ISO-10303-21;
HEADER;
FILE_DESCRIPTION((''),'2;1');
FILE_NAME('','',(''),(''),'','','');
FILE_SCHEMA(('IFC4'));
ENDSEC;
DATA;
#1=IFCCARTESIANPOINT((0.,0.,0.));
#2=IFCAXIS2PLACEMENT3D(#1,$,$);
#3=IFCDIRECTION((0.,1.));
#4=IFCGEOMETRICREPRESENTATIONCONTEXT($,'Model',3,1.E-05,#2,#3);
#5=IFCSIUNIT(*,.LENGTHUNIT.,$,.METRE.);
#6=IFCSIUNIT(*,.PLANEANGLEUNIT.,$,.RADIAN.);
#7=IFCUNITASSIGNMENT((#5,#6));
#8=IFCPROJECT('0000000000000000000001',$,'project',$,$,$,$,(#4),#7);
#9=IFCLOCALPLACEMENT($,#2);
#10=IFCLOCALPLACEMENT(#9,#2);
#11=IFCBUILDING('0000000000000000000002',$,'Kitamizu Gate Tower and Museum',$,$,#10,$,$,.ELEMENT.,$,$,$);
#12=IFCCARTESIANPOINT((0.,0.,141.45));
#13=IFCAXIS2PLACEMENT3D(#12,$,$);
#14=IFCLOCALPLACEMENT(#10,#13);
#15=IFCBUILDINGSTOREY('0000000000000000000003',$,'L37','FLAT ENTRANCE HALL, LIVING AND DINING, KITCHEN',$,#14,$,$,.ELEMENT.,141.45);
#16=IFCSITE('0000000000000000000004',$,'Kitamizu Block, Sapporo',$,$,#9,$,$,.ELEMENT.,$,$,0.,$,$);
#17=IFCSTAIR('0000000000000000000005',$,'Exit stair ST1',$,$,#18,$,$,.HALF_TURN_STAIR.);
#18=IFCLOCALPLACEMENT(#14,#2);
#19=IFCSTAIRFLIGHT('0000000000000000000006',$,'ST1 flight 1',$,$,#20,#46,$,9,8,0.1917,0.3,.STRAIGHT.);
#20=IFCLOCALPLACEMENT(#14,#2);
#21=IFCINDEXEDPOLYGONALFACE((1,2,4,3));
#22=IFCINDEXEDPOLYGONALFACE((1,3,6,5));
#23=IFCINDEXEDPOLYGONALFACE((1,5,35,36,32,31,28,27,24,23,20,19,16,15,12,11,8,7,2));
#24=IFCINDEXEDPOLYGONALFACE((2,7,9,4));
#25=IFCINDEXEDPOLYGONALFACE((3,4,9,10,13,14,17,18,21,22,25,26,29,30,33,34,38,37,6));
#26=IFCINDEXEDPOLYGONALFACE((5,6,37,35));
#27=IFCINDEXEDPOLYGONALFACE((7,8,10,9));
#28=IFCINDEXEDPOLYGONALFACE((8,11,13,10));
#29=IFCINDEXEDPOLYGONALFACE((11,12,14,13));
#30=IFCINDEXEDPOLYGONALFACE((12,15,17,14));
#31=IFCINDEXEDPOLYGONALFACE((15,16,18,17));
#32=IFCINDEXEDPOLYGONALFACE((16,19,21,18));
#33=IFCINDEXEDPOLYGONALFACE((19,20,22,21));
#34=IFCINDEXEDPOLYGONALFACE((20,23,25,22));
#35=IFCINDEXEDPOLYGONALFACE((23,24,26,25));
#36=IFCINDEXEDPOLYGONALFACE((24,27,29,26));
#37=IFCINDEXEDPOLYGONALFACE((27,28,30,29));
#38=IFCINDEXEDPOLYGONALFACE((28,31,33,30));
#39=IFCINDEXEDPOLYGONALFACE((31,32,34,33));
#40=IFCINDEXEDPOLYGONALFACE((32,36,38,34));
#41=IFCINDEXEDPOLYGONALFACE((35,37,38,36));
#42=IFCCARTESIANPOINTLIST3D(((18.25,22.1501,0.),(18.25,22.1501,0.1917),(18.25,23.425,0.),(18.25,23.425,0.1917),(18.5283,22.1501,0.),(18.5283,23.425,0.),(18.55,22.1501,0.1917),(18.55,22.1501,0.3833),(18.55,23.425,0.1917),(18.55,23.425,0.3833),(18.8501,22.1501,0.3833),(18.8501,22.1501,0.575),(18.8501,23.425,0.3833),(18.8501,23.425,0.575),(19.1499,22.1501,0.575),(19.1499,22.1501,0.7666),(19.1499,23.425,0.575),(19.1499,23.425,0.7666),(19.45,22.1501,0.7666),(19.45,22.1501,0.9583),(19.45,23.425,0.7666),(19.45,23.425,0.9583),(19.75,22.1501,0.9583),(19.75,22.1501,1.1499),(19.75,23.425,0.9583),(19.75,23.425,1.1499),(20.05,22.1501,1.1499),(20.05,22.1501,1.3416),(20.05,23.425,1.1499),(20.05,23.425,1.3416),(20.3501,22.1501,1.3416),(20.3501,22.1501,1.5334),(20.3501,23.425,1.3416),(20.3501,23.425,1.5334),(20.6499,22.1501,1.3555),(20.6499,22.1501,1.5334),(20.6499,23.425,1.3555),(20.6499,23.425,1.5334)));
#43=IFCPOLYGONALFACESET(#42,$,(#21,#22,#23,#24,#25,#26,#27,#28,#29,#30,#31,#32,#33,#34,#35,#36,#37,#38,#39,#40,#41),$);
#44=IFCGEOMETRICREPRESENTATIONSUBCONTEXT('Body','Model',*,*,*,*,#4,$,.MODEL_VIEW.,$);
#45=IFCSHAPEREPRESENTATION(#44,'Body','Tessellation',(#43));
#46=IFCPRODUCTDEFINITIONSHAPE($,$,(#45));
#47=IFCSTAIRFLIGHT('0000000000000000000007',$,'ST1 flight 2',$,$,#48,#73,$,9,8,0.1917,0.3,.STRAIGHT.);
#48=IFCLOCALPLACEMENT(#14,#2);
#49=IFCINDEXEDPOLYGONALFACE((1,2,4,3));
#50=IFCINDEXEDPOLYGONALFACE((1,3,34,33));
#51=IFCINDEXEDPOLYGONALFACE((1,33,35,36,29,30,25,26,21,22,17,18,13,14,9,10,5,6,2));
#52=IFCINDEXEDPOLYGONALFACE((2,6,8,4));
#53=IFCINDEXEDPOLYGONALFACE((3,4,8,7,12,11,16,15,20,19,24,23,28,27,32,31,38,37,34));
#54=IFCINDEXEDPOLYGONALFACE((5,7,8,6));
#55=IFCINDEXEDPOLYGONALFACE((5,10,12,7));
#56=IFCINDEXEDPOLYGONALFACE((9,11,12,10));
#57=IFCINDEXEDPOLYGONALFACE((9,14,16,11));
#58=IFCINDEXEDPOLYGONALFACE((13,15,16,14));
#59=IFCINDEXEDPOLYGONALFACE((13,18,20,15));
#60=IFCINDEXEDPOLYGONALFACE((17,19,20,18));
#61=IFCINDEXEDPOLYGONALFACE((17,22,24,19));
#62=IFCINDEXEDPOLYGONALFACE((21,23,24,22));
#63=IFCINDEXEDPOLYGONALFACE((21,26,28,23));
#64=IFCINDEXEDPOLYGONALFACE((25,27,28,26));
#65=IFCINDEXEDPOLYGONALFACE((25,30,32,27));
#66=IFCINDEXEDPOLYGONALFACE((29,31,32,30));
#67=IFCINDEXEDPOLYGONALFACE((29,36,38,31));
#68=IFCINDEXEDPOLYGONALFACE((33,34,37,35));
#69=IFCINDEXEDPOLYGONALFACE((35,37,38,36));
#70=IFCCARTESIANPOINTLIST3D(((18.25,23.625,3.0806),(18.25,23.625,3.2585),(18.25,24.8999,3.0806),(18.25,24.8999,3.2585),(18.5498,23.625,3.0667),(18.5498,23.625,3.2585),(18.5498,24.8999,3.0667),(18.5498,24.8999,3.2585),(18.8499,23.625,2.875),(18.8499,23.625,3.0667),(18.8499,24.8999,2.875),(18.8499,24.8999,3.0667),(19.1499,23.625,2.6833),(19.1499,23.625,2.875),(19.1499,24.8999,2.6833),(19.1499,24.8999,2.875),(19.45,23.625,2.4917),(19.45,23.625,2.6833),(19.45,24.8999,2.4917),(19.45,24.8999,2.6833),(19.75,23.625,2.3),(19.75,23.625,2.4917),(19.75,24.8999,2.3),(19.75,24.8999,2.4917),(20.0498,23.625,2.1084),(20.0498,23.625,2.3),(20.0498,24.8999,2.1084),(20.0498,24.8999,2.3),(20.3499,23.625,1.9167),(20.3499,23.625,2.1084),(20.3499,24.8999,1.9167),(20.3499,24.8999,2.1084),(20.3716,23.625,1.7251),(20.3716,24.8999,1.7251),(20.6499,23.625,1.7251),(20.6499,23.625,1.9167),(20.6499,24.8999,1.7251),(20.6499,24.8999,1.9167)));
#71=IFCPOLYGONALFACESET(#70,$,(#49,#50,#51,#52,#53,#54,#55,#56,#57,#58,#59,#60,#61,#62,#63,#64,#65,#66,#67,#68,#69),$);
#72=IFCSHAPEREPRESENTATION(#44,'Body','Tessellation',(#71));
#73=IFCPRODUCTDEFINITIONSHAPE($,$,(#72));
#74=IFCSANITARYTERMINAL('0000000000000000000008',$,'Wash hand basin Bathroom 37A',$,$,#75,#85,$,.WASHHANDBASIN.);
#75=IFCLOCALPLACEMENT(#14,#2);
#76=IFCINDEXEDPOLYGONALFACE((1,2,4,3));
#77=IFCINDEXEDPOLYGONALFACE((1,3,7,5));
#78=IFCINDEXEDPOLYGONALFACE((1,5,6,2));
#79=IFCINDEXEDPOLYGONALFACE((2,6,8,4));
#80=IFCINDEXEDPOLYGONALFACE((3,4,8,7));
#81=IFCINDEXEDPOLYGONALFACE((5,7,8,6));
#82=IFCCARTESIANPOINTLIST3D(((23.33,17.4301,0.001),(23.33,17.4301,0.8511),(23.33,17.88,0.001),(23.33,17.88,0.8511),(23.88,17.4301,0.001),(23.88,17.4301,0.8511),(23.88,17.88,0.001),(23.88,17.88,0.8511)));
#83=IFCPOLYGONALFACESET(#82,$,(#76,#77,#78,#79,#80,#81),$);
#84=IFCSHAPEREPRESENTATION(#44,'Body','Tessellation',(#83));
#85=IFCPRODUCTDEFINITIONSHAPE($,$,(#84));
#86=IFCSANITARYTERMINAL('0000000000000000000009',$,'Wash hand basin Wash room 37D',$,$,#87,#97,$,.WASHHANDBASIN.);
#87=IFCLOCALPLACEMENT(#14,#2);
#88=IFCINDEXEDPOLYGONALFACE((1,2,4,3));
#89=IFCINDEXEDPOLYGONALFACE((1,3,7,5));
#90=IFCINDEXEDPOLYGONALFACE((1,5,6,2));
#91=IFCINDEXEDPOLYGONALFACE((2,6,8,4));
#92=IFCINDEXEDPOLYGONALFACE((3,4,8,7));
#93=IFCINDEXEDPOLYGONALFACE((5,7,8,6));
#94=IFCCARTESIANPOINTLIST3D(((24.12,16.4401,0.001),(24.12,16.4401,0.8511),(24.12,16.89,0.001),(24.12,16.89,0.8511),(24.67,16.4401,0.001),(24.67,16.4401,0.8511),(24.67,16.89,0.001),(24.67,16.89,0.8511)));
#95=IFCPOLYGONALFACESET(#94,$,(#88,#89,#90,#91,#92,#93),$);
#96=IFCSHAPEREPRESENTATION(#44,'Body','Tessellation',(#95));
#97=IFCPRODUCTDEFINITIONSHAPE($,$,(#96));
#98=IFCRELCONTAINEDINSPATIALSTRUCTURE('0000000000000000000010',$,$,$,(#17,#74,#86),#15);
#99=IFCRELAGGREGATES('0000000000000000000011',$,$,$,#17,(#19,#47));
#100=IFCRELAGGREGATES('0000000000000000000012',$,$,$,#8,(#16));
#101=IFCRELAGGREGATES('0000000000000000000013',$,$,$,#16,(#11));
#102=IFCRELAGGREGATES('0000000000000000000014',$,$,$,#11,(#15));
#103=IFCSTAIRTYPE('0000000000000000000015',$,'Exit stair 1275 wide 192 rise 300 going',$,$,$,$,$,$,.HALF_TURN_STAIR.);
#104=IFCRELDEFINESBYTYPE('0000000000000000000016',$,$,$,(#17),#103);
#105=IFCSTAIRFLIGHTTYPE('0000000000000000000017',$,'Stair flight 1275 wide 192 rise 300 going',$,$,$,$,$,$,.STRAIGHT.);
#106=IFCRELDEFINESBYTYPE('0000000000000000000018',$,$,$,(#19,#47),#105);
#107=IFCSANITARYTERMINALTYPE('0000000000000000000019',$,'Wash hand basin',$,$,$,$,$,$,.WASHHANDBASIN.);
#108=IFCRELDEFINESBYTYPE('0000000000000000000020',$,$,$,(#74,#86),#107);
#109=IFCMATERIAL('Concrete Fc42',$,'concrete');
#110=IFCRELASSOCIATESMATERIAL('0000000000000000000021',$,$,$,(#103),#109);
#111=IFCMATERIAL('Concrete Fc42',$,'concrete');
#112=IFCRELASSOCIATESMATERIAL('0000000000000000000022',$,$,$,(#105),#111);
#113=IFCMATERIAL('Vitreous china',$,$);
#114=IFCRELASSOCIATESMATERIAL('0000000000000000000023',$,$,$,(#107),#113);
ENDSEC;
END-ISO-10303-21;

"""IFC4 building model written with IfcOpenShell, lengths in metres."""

from ifc_helpers import new_model, si_unit, direction, frame, origin, origin_2d, place, context, subcontext, project, spatial, polyline, rectangle, outline, extrude, material, type_object, element, aggregate, save


model = new_model("IFC4")

# Units and contexts
model_context = context("Model", 3, precision=1e-05, world=origin(), true_north=direction((0.0, 1.0)))
body_context = subcontext(model_context, "Body", "Model", "MODEL_VIEW")
ifc_project = project(units=[si_unit("LENGTHUNIT", "METRE"), si_unit("PLANEANGLEUNIT", "RADIAN")], contexts=[model_context])

# Site, building, storey
site_placement = place(None, origin())
site = spatial("IfcSite", under=ifc_project, at=site_placement, Name="Kitamizu Block, Sapporo", CompositionType="ELEMENT", RefElevation=0.0)
building_placement = place(site_placement, origin())
building = spatial("IfcBuilding", under=site, at=building_placement, Name="Kitamizu Gate Tower and Museum", CompositionType="ELEMENT")
storey_placement = place(building_placement, frame((0.0, 0.0, 141.45)))
storey = spatial("IfcBuildingStorey", under=building, at=storey_placement, Name="L37", Description="FLAT ENTRANCE HALL, LIVING AND DINING, KITCHEN", CompositionType="ELEMENT", Elevation=141.45)

# Stair, stair flights
ifc_material_1 = material(Name="Concrete Fc42", Category="concrete")
stair_type = type_object("IfcStairType", Name="Exit stair 1275 wide 192 rise 300 going", PredefinedType="HALF_TURN_STAIR", material=ifc_material_1)
stair_placement = place(storey_placement, origin())
stair = element("IfcStair", 1, at=stair_placement, inside=storey, type_object=stair_type, Name="Exit stair ST1", PredefinedType="HALF_TURN_STAIR")
ifc_material_2 = material(Name="Concrete Fc42", Category="concrete")
stair_flight_type = type_object("IfcStairFlightType", Name="Stair flight 1275 wide 192 rise 300 going", PredefinedType="STRAIGHT", material=ifc_material_2)
stair_flight_1_placement = place(storey_placement, frame((18.25, 22.7876, 0.0), z_axis=(0.0, 0.0, 1.0), x_axis=(1.0, 0.0, 0.0)))
stair_flight_1 = element("IfcStairFlight", 2, at=stair_flight_1_placement, type_object=stair_flight_type, Name="ST1 flight 1", NumberOfRisers=9, NumberOfTreads=8, PredefinedType="STRAIGHT", RiserHeight=0.1917, TreadLength=0.3, context=body_context, shape_type="SweptSolid", body=[
    extrude(outline(polyline([(0.0, 0.0), (0.0, 0.1917), (0.3, 0.1917), (0.3, 0.3833), (0.6001, 0.3833), (0.6001, 0.575), (0.8999, 0.575), (0.8999, 0.7666), (1.2, 0.7666), (1.2, 0.9583), (1.5, 0.9583), (1.5, 1.1499), (1.8, 1.1499), (1.8, 1.3416), (2.1001, 1.3416), (2.1001, 1.5334), (2.3999, 1.5334), (2.3999, 1.7251), (2.3999, 1.3555), (0.2783, 0.0), (0.0, 0.0)])), frame((0.0, 0.6375, 0.0), z_axis=(0.0, -1.0, 0.0), x_axis=(1.0, 0.0, 0.0)), (0.0, 0.0, 1.0), 1.2749),
])
stair_flight_2_placement = place(storey_placement, frame((20.6499, 24.2625, 1.7251), z_axis=(0.0, 0.0, 1.0), x_axis=(-1.0, 0.0, 0.0)))
stair_flight_2 = element("IfcStairFlight", 3, at=stair_flight_2_placement, type_object=stair_flight_type, Name="ST1 flight 2", NumberOfRisers=9, NumberOfTreads=8, PredefinedType="STRAIGHT", RiserHeight=0.1917, TreadLength=0.3, context=body_context, shape_type="SweptSolid", body=[
    extrude(outline(polyline([(0.0, 0.0), (0.0, 0.1917), (0.3, 0.1917), (0.3, 0.3833), (0.6001, 0.3833), (0.6001, 0.575), (0.8999, 0.575), (0.8999, 0.7666), (1.2, 0.7666), (1.2, 0.9583), (1.5, 0.9583), (1.5, 1.1499), (1.8, 1.1499), (1.8, 1.3416), (2.1001, 1.3416), (2.1001, 1.5334), (2.3999, 1.5334), (2.3999, 1.7251), (2.3999, 1.3555), (0.2783, 0.0), (0.0, 0.0)])), frame((0.0, 0.6375, 0.0), z_axis=(0.0, -1.0, 0.0), x_axis=(1.0, 0.0, 0.0)), (0.0, 0.0, 1.0), 1.2749),
])
aggregate(stair, [stair_flight_1, stair_flight_2])

# Sanitary terminals
ifc_material_3 = material(Name="Vitreous china")
sanitary_terminal_type = type_object("IfcSanitaryTerminalType", Name="Wash hand basin", PredefinedType="WASHHANDBASIN", material=ifc_material_3)
for number, where, z_axis, x_axis, name in (
    (4, (23.605, 17.655, 0.001), (0.0, 0.0, 1.0), (1.0, 0.0, 0.0), "Wash hand basin Bathroom 37A"),
    (5, (24.395, 16.665, 0.001), (0.0, 0.0, 1.0), (1.0, 0.0, 0.0), "Wash hand basin Wash room 37D"),
):
    element("IfcSanitaryTerminal", number, at=place(storey_placement, frame(where, z_axis=z_axis, x_axis=x_axis)), inside=storey, type_object=sanitary_terminal_type, Name=name, PredefinedType="WASHHANDBASIN", context=body_context, shape_type="SweptSolid", body=[
        extrude(rectangle(XDim=0.55, YDim=0.45, at=origin_2d()), origin(), (0.0, 0.0, 1.0), 0.8501),
    ])

save(model, "model.ifc")
